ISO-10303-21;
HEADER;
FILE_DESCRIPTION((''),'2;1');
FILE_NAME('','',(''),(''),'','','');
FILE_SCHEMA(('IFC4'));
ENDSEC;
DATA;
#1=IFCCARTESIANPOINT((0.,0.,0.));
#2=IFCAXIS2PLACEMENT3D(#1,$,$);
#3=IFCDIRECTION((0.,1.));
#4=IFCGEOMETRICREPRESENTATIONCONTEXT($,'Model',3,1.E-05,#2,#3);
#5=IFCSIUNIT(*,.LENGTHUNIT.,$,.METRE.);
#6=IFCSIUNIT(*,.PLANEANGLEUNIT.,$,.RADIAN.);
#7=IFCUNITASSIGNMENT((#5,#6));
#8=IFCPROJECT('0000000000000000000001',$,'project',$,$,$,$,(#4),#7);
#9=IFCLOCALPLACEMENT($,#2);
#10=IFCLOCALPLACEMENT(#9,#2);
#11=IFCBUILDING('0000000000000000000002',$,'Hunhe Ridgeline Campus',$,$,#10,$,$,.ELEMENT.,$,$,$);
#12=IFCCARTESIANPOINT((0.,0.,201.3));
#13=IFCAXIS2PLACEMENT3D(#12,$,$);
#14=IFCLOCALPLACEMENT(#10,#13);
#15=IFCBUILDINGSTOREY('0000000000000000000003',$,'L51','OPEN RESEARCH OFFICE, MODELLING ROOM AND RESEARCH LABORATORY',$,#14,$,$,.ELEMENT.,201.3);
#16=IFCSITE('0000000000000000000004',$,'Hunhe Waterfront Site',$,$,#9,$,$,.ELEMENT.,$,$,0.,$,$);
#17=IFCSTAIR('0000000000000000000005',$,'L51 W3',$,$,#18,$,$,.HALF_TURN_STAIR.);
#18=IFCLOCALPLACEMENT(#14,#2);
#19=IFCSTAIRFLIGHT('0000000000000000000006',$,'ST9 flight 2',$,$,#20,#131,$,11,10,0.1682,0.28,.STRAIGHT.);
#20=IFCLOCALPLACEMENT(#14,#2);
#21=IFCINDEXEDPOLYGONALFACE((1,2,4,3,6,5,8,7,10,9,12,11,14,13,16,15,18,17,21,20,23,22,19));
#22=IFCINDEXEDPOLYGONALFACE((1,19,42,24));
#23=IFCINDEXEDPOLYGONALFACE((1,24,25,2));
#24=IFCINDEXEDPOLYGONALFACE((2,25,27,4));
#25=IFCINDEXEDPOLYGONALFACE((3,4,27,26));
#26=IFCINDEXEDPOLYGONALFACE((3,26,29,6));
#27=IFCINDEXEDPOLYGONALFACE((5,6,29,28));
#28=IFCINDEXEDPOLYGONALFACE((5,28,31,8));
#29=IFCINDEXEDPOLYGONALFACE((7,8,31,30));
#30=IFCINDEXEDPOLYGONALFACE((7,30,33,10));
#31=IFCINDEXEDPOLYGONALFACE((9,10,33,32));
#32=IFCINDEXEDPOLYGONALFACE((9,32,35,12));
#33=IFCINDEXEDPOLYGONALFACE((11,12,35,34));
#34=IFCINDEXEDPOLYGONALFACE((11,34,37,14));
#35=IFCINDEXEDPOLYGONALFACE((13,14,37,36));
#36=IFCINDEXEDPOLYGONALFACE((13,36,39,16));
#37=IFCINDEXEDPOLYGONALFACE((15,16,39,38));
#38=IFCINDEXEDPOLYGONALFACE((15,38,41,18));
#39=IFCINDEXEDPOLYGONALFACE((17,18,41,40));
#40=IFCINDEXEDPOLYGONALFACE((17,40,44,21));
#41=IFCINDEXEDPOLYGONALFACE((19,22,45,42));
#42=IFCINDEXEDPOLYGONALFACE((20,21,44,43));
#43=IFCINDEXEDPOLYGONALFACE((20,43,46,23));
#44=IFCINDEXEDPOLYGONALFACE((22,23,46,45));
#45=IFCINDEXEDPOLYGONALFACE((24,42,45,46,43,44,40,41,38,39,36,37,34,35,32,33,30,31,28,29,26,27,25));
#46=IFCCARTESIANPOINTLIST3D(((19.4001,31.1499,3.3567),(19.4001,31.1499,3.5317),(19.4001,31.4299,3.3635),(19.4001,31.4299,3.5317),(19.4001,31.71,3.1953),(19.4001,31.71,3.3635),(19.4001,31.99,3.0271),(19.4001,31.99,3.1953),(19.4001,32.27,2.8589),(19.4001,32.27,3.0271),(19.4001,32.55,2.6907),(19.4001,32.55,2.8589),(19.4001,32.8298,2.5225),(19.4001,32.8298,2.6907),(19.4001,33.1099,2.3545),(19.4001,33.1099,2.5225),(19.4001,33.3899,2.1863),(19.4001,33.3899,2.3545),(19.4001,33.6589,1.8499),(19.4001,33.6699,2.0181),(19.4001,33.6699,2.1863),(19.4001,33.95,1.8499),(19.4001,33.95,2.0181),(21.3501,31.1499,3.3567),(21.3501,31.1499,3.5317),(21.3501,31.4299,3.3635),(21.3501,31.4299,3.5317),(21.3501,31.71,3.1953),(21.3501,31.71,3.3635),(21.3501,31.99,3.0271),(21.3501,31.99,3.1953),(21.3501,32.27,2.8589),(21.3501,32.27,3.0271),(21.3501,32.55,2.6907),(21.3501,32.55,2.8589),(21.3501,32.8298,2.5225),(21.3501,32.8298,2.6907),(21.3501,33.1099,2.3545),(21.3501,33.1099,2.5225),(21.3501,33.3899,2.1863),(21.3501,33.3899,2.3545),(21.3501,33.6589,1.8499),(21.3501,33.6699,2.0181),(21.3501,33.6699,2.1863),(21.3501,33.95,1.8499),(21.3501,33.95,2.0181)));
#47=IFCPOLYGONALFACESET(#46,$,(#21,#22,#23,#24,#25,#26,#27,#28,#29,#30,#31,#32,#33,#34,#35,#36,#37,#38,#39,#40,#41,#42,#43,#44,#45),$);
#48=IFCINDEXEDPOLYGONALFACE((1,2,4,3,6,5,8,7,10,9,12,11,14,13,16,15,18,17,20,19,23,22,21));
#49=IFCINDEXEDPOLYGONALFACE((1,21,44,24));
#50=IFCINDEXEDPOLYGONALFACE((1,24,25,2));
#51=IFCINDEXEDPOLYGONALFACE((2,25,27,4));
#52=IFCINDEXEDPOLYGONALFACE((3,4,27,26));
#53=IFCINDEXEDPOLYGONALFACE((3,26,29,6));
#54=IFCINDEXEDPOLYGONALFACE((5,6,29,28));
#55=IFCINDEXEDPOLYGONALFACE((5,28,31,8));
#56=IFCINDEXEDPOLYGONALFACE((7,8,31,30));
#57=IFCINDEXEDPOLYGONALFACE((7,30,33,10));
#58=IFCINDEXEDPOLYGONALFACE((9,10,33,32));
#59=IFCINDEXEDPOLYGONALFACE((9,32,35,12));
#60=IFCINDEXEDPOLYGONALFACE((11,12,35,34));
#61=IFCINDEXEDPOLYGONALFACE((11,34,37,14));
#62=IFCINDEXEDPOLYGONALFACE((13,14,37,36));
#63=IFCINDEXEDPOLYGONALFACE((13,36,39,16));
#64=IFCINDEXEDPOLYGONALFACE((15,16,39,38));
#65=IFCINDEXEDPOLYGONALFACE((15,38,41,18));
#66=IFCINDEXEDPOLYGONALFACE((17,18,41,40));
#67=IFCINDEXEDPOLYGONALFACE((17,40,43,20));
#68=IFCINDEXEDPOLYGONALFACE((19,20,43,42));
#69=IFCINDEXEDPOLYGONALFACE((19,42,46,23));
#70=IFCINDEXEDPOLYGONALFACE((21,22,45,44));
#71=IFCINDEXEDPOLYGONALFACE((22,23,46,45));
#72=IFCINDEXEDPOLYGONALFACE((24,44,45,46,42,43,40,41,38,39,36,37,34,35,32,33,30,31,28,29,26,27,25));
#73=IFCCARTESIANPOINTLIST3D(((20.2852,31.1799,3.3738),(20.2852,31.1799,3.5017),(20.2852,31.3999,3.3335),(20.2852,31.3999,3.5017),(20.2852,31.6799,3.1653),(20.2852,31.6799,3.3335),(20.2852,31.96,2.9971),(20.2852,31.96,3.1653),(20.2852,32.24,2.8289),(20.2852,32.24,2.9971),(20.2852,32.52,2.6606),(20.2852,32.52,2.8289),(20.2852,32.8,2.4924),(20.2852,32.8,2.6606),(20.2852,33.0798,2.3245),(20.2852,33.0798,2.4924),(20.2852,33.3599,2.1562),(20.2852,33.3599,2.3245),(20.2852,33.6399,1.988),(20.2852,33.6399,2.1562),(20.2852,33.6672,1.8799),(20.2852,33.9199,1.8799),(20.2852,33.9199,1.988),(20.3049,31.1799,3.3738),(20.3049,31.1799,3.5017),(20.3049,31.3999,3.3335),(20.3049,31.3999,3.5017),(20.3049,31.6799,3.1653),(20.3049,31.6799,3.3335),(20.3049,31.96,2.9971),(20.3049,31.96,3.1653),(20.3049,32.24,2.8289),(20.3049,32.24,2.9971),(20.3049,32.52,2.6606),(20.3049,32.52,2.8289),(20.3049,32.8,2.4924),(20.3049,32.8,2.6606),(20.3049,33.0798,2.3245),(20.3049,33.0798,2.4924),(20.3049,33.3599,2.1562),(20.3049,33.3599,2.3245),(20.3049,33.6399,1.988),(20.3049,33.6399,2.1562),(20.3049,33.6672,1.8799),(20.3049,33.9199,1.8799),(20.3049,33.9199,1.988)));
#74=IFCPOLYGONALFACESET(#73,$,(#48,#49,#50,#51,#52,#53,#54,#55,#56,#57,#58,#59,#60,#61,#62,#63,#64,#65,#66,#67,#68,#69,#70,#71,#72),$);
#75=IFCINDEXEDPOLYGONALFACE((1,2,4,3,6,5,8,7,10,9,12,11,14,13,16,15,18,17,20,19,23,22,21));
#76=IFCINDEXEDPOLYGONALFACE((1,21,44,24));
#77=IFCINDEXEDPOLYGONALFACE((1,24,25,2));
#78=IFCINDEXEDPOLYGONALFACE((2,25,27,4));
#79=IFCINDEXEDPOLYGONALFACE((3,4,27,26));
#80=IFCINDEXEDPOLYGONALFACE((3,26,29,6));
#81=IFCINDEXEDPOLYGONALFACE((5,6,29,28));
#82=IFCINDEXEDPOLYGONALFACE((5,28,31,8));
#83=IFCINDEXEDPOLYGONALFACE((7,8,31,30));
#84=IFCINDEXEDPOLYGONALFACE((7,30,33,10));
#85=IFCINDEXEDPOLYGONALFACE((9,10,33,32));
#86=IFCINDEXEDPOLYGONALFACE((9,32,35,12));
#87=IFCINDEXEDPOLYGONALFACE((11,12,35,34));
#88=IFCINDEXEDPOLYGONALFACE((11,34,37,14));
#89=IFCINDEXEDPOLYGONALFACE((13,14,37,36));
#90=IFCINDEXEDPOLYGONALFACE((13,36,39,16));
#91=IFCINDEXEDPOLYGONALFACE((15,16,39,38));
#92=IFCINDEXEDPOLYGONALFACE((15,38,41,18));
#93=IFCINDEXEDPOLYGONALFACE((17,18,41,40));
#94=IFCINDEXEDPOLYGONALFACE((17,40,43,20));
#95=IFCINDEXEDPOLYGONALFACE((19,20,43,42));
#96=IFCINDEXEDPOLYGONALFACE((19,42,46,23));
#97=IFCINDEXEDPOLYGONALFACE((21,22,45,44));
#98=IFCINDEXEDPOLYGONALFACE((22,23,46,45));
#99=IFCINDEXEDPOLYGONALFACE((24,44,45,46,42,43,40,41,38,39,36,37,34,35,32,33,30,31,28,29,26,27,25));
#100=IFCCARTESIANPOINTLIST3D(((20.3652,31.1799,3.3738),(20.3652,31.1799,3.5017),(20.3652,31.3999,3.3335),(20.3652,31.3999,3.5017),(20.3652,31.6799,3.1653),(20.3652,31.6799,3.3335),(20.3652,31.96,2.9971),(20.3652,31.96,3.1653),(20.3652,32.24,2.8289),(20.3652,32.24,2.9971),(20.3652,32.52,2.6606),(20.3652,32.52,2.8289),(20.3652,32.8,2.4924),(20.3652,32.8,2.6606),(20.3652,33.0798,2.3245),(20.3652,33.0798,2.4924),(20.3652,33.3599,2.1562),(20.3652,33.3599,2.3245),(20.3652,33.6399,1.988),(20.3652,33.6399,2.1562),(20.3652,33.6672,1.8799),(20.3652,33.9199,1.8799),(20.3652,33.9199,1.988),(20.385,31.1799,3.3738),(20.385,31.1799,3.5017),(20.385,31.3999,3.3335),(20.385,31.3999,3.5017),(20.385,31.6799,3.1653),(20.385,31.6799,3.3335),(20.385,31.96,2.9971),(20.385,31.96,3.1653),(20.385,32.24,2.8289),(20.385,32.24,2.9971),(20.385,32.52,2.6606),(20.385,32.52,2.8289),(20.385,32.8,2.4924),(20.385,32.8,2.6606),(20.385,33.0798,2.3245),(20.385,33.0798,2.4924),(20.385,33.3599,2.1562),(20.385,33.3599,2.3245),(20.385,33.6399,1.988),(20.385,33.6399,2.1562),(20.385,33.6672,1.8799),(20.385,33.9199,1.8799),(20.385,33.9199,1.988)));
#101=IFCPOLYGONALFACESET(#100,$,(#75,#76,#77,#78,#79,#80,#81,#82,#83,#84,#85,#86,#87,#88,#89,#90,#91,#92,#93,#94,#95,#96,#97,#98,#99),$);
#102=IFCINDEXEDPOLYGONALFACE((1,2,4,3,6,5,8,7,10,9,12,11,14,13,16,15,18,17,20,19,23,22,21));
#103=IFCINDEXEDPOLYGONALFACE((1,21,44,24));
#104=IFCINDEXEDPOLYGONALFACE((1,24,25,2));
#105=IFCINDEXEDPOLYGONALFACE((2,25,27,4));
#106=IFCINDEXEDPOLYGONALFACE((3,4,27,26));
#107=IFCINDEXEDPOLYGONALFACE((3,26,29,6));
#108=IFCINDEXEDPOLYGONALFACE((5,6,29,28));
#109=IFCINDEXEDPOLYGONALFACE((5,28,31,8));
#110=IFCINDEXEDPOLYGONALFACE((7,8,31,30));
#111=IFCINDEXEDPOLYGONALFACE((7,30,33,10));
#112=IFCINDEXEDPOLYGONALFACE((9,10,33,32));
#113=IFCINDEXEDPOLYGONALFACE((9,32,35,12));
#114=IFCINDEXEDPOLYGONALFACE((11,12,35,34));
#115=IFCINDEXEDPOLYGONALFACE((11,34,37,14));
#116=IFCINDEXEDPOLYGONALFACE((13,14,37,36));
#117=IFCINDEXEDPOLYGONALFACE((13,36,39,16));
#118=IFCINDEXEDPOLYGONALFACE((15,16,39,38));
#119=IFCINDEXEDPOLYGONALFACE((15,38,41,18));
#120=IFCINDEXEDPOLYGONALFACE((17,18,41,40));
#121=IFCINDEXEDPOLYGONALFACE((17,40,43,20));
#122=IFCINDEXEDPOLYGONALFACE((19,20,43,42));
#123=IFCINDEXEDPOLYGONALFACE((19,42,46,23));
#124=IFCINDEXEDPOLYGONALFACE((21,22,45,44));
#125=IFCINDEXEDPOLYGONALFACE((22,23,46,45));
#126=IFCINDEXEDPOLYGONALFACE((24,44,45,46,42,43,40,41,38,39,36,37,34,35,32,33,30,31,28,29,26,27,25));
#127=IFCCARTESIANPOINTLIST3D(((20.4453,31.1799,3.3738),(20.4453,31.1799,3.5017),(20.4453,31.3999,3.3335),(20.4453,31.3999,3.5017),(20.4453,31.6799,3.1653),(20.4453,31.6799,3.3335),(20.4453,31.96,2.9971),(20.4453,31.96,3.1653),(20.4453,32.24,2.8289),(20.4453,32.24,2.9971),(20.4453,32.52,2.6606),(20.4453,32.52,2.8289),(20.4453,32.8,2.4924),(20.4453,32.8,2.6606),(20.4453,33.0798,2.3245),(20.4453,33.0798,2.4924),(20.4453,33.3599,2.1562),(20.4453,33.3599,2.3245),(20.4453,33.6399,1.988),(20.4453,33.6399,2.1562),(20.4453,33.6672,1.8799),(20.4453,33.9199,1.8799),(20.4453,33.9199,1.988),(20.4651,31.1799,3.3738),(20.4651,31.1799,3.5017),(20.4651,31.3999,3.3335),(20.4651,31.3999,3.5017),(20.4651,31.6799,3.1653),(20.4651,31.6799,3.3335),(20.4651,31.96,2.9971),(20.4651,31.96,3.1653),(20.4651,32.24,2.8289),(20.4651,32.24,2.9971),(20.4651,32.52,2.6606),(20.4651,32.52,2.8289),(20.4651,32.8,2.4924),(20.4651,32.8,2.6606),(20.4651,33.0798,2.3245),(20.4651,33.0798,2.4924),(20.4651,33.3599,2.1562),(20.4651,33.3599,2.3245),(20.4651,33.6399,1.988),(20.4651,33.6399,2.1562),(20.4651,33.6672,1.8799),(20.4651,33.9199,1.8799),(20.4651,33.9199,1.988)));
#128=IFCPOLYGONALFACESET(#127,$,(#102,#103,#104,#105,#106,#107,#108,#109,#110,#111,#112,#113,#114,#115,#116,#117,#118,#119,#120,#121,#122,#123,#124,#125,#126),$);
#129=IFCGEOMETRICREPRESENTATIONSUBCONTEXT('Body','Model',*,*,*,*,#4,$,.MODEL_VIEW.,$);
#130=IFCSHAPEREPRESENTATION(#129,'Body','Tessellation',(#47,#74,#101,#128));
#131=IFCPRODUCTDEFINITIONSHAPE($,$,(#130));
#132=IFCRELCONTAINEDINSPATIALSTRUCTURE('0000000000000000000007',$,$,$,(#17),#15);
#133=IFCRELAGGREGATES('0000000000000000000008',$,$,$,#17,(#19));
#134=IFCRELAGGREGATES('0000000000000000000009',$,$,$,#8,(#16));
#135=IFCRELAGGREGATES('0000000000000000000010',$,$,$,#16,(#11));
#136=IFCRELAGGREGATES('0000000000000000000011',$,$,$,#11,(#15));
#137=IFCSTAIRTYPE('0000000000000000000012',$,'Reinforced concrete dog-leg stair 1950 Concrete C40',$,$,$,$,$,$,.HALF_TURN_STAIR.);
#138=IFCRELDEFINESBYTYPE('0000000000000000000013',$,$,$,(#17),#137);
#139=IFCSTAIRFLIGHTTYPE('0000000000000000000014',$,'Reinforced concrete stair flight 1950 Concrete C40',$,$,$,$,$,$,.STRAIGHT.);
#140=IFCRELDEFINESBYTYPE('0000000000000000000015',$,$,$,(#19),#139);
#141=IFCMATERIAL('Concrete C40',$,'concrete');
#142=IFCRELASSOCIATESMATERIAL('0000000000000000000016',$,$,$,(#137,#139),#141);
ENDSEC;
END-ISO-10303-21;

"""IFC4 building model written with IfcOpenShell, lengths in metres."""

from ifc_helpers import new_model, si_unit, direction, frame, origin, place, context, subcontext, project, spatial, polyline, outline, extrude, material, type_object, element, aggregate, save


model = new_model("IFC4")

# Units and contexts
model_context = context("Model", 3, precision=1e-05, world=origin(), true_north=direction((0.0, 1.0)))
body_context = subcontext(model_context, "Body", "Model", "MODEL_VIEW")
ifc_project = project(units=[si_unit("LENGTHUNIT", "METRE"), si_unit("PLANEANGLEUNIT", "RADIAN")], contexts=[model_context])

# Site, building, storey
site_placement = place(None, origin())
site = spatial("IfcSite", under=ifc_project, at=site_placement, Name="Hunhe Waterfront Site", CompositionType="ELEMENT", RefElevation=0.0)
building_placement = place(site_placement, origin())
building = spatial("IfcBuilding", under=site, at=building_placement, Name="Hunhe Ridgeline Campus", CompositionType="ELEMENT")
storey_placement = place(building_placement, frame((0.0, 0.0, 201.3)))
storey = spatial("IfcBuildingStorey", under=building, at=storey_placement, Name="L51", Description="OPEN RESEARCH OFFICE, MODELLING ROOM AND RESEARCH LABORATORY", CompositionType="ELEMENT", Elevation=201.3)

# Stair, stair flight
ifc_material_1 = material(Name="Concrete C40", Category="concrete")
stair_type = type_object("IfcStairType", Name="Reinforced concrete dog-leg stair 1950 Concrete C40", PredefinedType="HALF_TURN_STAIR", material=ifc_material_1)
stair_placement = place(storey_placement, origin())
stair = element("IfcStair", 1, at=stair_placement, inside=storey, type_object=stair_type, Name="L51 W3", PredefinedType="HALF_TURN_STAIR")
stair_flight_type = type_object("IfcStairFlightType", Name="Reinforced concrete stair flight 1950 Concrete C40", PredefinedType="STRAIGHT", material=ifc_material_1)
stair_flight_1_placement = place(storey_placement, frame((20.375, 33.95, 1.8499), z_axis=(0.0, 0.0, 1.0), x_axis=(0.0, -1.0, 0.0)))
stair_flight_1 = element("IfcStairFlight", 2, at=stair_flight_1_placement, type_object=stair_flight_type, Name="ST9 flight 2", NumberOfRisers=11, NumberOfTreads=10, PredefinedType="STRAIGHT", RiserHeight=0.1682, TreadLength=0.28, context=body_context, shape_type="SweptSolid", body=[
    extrude(outline(polyline([(0.0, 0.0), (0.0, 0.1682), (0.28, 0.1682), (0.28, 0.3364), (0.5601, 0.3364), (0.5601, 0.5046), (0.8401, 0.5046), (0.8401, 0.6726), (1.1201, 0.6726), (1.1201, 0.8408), (1.3999, 0.8408), (1.3999, 1.009), (1.6799, 1.009), (1.6799, 1.1772), (1.96, 1.1772), (1.96, 1.3455), (2.24, 1.3455), (2.24, 1.5137), (2.52, 1.5137), (2.52, 1.6819), (2.8, 1.6819), (2.8, 1.8501), (2.8, 1.5068), (0.291, 0.0), (0.0, 0.0)])), frame((0.0, 0.9751, 0.0), z_axis=(0.0, -1.0, 0.0), x_axis=(1.0, 0.0, 0.0)), (0.0, 0.0, 1.0), 1.95),
    extrude(outline(polyline([(0.03, 0.03), (0.03, 0.1382), (0.3101, 0.1382), (0.3101, 0.3064), (0.5901, 0.3064), (0.5901, 0.4746), (0.8701, 0.4746), (0.8701, 0.6426), (1.1499, 0.6426), (1.1499, 0.8108), (1.4299, 0.8108), (1.4299, 0.979), (1.71, 0.979), (1.71, 1.1472), (1.99, 1.1472), (1.99, 1.3154), (2.27, 1.3154), (2.27, 1.4836), (2.55, 1.4836), (2.55, 1.6519), (2.77, 1.6519), (2.77, 1.5239), (0.2827, 0.03), (0.03, 0.03)])), frame((0.0, -0.0701, 0.0), z_axis=(0.0, -1.0, 0.0), x_axis=(1.0, 0.0, 0.0)), (0.0, 0.0, 1.0), 0.0198),
    extrude(outline(polyline([(0.03, 0.03), (0.03, 0.1382), (0.3101, 0.1382), (0.3101, 0.3064), (0.5901, 0.3064), (0.5901, 0.4746), (0.8701, 0.4746), (0.8701, 0.6426), (1.1499, 0.6426), (1.1499, 0.8108), (1.4299, 0.8108), (1.4299, 0.979), (1.71, 0.979), (1.71, 1.1472), (1.99, 1.1472), (1.99, 1.3154), (2.27, 1.3154), (2.27, 1.4836), (2.55, 1.4836), (2.55, 1.6519), (2.77, 1.6519), (2.77, 1.5239), (0.2827, 0.03), (0.03, 0.03)])), frame((0.0, 0.01, 0.0), z_axis=(0.0, -1.0, 0.0), x_axis=(1.0, 0.0, 0.0)), (0.0, 0.0, 1.0), 0.0198),
    extrude(outline(polyline([(0.03, 0.03), (0.03, 0.1382), (0.3101, 0.1382), (0.3101, 0.3064), (0.5901, 0.3064), (0.5901, 0.4746), (0.8701, 0.4746), (0.8701, 0.6426), (1.1499, 0.6426), (1.1499, 0.8108), (1.4299, 0.8108), (1.4299, 0.979), (1.71, 0.979), (1.71, 1.1472), (1.99, 1.1472), (1.99, 1.3154), (2.27, 1.3154), (2.27, 1.4836), (2.55, 1.4836), (2.55, 1.6519), (2.77, 1.6519), (2.77, 1.5239), (0.2827, 0.03), (0.03, 0.03)])), frame((0.0, 0.0901, 0.0), z_axis=(0.0, -1.0, 0.0), x_axis=(1.0, 0.0, 0.0)), (0.0, 0.0, 1.0), 0.0198),
])
aggregate(stair, [stair_flight_1])

save(model, "model.ifc")
